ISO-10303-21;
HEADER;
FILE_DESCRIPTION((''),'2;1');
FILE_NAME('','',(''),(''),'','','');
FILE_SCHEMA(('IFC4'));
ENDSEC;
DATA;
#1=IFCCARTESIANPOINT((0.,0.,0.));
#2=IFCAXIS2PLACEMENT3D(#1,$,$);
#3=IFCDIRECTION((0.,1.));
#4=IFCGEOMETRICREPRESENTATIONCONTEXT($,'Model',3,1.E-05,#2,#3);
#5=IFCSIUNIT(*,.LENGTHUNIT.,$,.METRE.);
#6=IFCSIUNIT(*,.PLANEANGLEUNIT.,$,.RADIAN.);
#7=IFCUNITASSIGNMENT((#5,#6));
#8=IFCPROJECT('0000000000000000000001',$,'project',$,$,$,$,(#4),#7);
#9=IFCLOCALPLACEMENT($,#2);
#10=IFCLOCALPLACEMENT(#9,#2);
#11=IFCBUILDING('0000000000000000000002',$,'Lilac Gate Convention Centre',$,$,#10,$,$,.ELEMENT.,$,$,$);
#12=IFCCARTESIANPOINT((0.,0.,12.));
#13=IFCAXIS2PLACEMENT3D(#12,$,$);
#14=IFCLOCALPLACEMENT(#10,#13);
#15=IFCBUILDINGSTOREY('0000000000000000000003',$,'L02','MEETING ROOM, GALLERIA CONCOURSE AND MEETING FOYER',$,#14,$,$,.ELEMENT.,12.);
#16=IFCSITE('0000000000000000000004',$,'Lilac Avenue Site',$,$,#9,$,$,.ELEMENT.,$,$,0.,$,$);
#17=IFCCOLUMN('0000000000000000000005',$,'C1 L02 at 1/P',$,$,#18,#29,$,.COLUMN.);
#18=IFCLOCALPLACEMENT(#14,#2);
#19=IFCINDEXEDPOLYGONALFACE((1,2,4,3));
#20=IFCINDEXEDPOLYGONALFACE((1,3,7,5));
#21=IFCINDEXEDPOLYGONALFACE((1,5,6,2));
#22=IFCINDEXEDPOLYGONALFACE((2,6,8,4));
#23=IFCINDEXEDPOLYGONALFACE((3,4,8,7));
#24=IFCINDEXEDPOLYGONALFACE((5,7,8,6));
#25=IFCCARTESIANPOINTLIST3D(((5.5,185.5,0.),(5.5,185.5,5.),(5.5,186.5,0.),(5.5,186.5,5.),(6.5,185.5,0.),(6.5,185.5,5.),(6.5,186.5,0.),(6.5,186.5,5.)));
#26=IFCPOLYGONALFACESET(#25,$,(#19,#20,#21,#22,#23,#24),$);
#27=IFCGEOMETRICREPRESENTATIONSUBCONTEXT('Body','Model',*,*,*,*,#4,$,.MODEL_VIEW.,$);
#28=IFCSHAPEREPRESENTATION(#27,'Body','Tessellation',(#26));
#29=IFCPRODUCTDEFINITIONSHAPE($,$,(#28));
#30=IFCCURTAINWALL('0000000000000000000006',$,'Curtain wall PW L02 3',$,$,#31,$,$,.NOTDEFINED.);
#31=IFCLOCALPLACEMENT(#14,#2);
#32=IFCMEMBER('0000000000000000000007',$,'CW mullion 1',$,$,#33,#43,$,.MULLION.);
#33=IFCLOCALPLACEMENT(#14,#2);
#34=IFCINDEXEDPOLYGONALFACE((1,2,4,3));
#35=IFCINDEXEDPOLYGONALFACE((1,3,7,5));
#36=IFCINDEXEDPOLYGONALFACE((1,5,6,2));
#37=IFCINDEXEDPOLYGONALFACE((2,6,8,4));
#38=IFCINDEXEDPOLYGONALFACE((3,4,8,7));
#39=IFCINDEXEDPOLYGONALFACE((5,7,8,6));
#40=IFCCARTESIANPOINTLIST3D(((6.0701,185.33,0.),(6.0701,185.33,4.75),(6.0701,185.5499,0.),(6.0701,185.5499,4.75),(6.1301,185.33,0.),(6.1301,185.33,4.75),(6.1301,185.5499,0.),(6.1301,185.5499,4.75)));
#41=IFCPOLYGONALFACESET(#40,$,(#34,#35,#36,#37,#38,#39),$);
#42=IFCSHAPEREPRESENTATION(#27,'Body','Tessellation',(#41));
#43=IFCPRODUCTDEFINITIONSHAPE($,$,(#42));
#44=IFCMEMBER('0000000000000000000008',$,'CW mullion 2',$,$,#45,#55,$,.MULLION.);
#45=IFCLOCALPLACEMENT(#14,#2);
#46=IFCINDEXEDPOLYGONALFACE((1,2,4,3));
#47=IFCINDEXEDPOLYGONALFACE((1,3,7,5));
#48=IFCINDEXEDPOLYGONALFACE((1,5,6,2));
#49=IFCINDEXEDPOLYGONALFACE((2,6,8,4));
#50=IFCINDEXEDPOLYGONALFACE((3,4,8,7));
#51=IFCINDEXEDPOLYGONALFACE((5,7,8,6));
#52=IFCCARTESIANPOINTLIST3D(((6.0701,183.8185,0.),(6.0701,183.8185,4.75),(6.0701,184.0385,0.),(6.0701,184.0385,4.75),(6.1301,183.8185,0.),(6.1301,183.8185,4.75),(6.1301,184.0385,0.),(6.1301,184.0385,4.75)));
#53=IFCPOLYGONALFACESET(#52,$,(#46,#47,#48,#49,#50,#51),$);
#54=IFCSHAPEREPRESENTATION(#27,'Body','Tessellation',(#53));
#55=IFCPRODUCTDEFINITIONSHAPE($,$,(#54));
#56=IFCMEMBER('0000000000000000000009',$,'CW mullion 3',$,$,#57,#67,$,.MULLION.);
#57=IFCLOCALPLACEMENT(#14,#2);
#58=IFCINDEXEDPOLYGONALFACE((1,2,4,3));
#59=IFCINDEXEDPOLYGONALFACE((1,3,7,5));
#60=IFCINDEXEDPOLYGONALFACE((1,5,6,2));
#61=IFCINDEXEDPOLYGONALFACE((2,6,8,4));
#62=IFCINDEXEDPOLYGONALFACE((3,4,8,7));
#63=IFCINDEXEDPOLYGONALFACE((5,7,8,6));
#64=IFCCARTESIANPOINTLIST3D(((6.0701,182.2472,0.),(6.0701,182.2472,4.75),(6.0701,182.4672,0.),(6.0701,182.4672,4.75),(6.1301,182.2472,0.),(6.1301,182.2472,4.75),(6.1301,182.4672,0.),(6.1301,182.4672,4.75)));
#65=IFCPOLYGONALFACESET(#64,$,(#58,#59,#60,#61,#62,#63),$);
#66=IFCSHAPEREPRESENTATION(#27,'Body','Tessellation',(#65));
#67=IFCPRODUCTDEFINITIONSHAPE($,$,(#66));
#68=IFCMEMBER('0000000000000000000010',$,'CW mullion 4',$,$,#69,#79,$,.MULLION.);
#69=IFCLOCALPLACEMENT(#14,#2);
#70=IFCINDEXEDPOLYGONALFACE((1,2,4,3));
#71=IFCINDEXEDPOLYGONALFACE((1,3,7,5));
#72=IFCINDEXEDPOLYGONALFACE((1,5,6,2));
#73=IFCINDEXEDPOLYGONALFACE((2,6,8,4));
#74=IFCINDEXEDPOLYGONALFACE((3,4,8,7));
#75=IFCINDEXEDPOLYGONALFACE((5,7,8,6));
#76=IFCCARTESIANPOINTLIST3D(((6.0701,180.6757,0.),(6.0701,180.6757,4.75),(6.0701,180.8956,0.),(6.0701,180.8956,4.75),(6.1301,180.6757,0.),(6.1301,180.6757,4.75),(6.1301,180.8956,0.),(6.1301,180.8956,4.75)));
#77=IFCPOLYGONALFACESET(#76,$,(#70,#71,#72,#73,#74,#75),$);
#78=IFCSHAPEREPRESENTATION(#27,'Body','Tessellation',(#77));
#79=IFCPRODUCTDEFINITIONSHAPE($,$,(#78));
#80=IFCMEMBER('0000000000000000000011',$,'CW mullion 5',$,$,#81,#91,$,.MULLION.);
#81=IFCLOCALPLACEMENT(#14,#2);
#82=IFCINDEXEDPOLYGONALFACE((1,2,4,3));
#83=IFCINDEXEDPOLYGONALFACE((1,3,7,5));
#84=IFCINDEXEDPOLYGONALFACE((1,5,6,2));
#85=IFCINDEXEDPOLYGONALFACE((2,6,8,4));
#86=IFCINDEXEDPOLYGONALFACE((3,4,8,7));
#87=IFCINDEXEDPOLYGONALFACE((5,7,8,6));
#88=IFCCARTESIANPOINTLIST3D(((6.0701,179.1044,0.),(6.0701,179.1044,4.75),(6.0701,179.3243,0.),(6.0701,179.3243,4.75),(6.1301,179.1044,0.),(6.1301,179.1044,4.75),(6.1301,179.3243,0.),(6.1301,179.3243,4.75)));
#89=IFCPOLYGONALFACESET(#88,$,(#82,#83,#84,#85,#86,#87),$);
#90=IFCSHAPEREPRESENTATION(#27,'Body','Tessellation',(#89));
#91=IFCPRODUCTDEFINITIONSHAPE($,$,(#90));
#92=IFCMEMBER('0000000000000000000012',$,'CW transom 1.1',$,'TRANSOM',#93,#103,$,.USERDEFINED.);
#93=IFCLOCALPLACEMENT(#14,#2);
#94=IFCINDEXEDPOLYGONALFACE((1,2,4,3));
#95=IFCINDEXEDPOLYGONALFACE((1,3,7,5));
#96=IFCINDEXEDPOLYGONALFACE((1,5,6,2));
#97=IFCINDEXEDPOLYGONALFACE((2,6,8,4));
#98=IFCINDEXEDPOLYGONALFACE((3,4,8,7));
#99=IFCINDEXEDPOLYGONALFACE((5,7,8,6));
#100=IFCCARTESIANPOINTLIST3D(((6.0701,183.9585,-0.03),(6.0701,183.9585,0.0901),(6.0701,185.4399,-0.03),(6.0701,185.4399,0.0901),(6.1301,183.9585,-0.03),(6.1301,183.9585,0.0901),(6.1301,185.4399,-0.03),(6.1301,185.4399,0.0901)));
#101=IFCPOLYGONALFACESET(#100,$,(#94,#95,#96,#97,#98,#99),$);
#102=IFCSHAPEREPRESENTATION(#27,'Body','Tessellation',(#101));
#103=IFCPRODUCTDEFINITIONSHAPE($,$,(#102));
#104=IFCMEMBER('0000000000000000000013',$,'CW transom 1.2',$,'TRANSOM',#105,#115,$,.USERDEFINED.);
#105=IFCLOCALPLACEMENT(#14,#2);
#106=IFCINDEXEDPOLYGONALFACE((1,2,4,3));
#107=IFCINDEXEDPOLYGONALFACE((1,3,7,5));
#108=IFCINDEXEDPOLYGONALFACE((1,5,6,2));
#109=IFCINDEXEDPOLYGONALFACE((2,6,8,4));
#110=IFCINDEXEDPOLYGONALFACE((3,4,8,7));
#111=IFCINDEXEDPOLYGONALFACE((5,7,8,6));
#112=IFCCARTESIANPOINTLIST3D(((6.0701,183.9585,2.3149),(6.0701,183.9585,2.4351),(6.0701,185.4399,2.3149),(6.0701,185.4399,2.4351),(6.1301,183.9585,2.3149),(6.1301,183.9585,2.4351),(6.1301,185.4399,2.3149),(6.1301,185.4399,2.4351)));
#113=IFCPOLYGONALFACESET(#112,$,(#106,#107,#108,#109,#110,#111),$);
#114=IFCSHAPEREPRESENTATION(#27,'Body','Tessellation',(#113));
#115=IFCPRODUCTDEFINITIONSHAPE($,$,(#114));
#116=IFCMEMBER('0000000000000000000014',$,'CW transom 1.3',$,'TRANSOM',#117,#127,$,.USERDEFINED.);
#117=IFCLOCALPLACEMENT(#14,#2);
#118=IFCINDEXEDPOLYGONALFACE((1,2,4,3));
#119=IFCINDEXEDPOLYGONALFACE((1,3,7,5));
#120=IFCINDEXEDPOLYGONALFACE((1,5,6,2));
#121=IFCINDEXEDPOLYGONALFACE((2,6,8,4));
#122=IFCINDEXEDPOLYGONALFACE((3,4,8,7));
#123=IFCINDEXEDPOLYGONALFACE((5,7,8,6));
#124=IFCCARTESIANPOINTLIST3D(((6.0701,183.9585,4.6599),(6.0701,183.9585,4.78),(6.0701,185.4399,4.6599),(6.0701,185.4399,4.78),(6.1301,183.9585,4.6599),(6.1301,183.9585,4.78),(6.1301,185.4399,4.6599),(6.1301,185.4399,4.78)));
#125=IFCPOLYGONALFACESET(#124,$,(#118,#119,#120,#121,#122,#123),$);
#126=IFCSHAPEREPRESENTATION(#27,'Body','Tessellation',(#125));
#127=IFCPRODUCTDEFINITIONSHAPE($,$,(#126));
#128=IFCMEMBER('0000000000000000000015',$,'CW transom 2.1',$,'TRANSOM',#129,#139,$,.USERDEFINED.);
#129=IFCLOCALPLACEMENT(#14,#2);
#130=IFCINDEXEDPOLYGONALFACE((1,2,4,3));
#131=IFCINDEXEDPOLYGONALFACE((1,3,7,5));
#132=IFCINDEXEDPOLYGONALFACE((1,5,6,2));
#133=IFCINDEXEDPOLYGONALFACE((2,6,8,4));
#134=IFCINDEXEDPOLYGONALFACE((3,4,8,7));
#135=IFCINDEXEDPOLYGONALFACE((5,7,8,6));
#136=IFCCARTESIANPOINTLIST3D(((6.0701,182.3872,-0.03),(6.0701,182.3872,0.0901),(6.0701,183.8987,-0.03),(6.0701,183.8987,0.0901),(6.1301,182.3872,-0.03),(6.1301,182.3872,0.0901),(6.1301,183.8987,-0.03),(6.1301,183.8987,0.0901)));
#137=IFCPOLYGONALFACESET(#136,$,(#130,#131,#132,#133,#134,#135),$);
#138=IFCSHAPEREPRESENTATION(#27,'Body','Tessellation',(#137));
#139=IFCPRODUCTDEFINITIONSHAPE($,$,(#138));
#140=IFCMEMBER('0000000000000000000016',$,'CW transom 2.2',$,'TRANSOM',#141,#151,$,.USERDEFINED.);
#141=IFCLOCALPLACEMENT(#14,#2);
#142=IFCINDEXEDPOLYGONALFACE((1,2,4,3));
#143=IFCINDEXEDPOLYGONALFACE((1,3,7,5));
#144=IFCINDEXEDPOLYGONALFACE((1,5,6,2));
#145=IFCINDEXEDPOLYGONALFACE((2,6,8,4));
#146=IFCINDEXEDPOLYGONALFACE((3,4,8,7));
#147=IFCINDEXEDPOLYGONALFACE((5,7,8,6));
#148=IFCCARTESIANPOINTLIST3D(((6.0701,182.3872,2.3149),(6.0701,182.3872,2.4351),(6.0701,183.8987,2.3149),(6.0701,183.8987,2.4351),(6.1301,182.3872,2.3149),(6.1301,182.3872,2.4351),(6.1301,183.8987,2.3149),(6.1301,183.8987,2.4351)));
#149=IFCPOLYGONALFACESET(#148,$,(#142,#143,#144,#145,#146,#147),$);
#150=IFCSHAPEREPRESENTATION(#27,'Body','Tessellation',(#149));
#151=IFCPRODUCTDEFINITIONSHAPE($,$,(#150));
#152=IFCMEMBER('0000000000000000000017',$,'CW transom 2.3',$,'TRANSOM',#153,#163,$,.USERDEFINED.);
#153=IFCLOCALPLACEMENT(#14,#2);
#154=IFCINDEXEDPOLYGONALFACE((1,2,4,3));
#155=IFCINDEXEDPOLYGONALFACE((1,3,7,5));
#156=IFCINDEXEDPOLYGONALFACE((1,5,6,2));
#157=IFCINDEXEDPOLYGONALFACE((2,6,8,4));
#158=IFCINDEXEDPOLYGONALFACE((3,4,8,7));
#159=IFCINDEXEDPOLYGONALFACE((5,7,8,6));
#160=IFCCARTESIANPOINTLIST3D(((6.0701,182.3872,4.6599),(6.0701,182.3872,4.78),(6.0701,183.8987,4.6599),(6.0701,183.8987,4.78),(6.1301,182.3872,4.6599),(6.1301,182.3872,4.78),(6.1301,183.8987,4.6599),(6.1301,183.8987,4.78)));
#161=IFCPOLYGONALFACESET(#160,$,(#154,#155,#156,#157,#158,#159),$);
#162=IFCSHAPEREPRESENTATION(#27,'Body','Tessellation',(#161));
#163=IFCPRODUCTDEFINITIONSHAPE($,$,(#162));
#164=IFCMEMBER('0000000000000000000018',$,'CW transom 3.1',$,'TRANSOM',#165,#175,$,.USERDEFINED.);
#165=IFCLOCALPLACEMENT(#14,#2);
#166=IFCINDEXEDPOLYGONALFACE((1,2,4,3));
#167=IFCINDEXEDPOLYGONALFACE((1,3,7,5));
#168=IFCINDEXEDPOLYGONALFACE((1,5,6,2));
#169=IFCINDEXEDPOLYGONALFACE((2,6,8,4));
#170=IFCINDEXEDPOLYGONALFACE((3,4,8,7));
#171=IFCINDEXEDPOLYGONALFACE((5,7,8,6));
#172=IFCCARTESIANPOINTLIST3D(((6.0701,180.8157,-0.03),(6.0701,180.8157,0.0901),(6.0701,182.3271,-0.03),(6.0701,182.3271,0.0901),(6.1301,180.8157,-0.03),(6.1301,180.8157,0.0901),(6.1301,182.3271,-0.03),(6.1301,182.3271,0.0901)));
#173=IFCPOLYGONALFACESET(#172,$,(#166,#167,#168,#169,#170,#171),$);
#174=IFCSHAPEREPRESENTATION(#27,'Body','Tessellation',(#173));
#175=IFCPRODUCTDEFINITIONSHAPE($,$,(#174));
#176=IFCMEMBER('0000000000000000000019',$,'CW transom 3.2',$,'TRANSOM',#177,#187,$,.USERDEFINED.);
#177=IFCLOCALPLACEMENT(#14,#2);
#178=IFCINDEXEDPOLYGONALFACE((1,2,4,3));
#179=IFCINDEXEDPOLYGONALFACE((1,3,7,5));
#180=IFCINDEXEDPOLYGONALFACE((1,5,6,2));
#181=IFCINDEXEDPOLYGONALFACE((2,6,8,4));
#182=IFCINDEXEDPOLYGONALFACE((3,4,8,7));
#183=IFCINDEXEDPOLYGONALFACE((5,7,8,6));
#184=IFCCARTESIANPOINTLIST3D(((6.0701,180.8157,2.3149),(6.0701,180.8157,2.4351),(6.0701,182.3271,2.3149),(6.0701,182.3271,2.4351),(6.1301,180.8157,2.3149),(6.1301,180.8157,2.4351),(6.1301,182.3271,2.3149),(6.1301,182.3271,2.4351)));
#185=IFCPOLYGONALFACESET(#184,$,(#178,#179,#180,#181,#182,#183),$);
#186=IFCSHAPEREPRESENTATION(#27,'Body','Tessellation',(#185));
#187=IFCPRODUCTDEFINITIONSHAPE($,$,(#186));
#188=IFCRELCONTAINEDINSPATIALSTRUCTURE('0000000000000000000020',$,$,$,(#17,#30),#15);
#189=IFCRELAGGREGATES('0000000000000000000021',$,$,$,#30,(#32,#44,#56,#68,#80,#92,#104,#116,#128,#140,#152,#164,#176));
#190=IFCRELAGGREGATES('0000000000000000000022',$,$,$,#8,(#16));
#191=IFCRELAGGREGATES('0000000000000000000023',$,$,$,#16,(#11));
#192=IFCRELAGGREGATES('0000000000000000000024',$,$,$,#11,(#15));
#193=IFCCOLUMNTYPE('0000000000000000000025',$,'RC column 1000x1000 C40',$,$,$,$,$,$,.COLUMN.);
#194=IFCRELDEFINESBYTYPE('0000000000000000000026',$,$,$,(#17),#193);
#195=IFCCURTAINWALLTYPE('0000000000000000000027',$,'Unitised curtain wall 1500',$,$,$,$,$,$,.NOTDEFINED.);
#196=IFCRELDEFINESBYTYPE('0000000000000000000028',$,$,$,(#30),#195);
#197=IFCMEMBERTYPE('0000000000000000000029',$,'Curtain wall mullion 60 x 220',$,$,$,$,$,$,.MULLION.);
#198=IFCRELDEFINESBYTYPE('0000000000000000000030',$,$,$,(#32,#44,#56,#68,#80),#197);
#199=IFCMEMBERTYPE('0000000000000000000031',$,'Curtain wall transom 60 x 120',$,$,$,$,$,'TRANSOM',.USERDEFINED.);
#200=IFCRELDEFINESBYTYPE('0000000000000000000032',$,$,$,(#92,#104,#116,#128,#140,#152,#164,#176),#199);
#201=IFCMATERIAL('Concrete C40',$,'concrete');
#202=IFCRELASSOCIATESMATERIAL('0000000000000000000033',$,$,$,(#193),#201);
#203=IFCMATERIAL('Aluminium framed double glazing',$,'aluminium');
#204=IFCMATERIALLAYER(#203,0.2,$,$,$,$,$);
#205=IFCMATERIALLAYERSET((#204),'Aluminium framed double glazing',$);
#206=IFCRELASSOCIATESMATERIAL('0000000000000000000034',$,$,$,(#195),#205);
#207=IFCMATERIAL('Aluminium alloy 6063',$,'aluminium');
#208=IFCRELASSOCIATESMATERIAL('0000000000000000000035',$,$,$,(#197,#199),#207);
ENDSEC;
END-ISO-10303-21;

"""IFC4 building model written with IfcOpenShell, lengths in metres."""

from ifc_helpers import new_model, si_unit, direction, frame, origin, origin_2d, place, context, subcontext, project, spatial, rectangle, extrude, material, layer, layer_set, material_profile, profile_set, type_object, element, aggregate, save


model = new_model("IFC4")

# Units and contexts
model_context = context("Model", 3, precision=1e-05, world=origin(), true_north=direction((0.0, 1.0)))
body_context = subcontext(model_context, "Body", "Model", "MODEL_VIEW")
ifc_project = project(units=[si_unit("LENGTHUNIT", "METRE"), si_unit("PLANEANGLEUNIT", "RADIAN")], contexts=[model_context])

# Site, building, storey
site_placement = place(None, origin())
site = spatial("IfcSite", under=ifc_project, at=site_placement, Name="Lilac Avenue Site", CompositionType="ELEMENT", RefElevation=0.0)
building_placement = place(site_placement, origin())
building = spatial("IfcBuilding", under=site, at=building_placement, Name="Lilac Gate Convention Centre", CompositionType="ELEMENT")
storey_placement = place(building_placement, frame((0.0, 0.0, 12.0)))
storey = spatial("IfcBuildingStorey", under=building, at=storey_placement, Name="L02", Description="MEETING ROOM, GALLERIA CONCOURSE AND MEETING FOYER", CompositionType="ELEMENT", Elevation=12.0)

# Column
ifc_material_1 = material(Name="Concrete C40", Category="concrete")
ifc_material_profile_1 = material_profile(ifc_material_1, rectangle(XDim=1.0, YDim=1.0, at=origin_2d()), Name="RC 1000x1000")
ifc_profile_set_1 = profile_set([ifc_material_profile_1], Name="Concrete C40")
column_type = type_object("IfcColumnType", Name="RC column 1000x1000 C40", PredefinedType="COLUMN", material=ifc_profile_set_1)
column_placement = place(storey_placement, frame((6.0, 186.0, 0.0), z_axis=(0.0, 0.0, 1.0), x_axis=(1.0, 0.0, 0.0)))
element("IfcColumn", 1, at=column_placement, inside=storey, type_object=column_type, Name="C1 L02 at 1/P", PredefinedType="COLUMN", context=body_context, shape_type="SweptSolid", body=[
    extrude(rectangle(XDim=1.0, YDim=1.0, at=origin_2d()), origin(), (0.0, 0.0, 1.0), 5.0),
])

# Curtain wall, members
ifc_material_2 = material(Name="Aluminium framed double glazing", Category="aluminium")
ifc_layer_1 = layer(ifc_material_2, 0.2)
ifc_layer_set_1 = layer_set([ifc_layer_1], Name="Aluminium framed double glazing")
curtain_wall_type = type_object("IfcCurtainWallType", Name="Unitised curtain wall 1500", PredefinedType="NOTDEFINED", material=ifc_layer_set_1)
curtain_wall_placement = place(storey_placement, origin())
curtain_wall = element("IfcCurtainWall", 2, at=curtain_wall_placement, inside=storey, type_object=curtain_wall_type, Name="Curtain wall PW L02 3", PredefinedType="NOTDEFINED")
ifc_material_3 = material(Name="Aluminium alloy 6063", Category="aluminium")
ifc_material_profile_2 = material_profile(ifc_material_3, rectangle(XDim=0.0601, YDim=0.22, at=origin_2d()), Name="Curtain wall mullion 60 x 220")
ifc_profile_set_2 = profile_set([ifc_material_profile_2], Name="Aluminium alloy 6063")
member_type_1 = type_object("IfcMemberType", Name="Curtain wall mullion 60 x 220", PredefinedType="MULLION", material=ifc_profile_set_2)
member_1_placement = place(storey_placement, frame((6.1001, 185.4399, 0.0), z_axis=(0.0, 0.0, 1.0), x_axis=(1.0, 0.0, 0.0)))
member_1 = element("IfcMember", 3, at=member_1_placement, type_object=member_type_1, Name="CW mullion 1", PredefinedType="MULLION", context=body_context, shape_type="SweptSolid", body=[
    extrude(rectangle(XDim=0.0601, YDim=0.22, at=origin_2d()), origin(), (0.0, 0.0, 1.0), 4.75),
])
member_2_placement = place(storey_placement, frame((6.1001, 183.9285, 0.0), z_axis=(0.0, 0.0, 1.0), x_axis=(1.0, 0.0, 0.0)))
member_2 = element("IfcMember", 4, at=member_2_placement, type_object=member_type_1, Name="CW mullion 2", PredefinedType="MULLION", context=body_context, shape_type="SweptSolid", body=[
    extrude(rectangle(XDim=0.0601, YDim=0.22, at=origin_2d()), origin(), (0.0, 0.0, 1.0), 4.75),
])
member_3_placement = place(storey_placement, frame((6.1001, 182.3572, 0.0), z_axis=(0.0, 0.0, 1.0), x_axis=(1.0, 0.0, 0.0)))
member_3 = element("IfcMember", 5, at=member_3_placement, type_object=member_type_1, Name="CW mullion 3", PredefinedType="MULLION", context=body_context, shape_type="SweptSolid", body=[
    extrude(rectangle(XDim=0.0601, YDim=0.22, at=origin_2d()), origin(), (0.0, 0.0, 1.0), 4.75),
])
member_4_placement = place(storey_placement, frame((6.1001, 180.7856, 0.0), z_axis=(0.0, 0.0, 1.0), x_axis=(1.0, 0.0, 0.0)))
member_4 = element("IfcMember", 6, at=member_4_placement, type_object=member_type_1, Name="CW mullion 4", PredefinedType="MULLION", context=body_context, shape_type="SweptSolid", body=[
    extrude(rectangle(XDim=0.0601, YDim=0.22, at=origin_2d()), origin(), (0.0, 0.0, 1.0), 4.75),
])
member_5_placement = place(storey_placement, frame((6.1001, 179.2144, 0.0), z_axis=(0.0, 0.0, 1.0), x_axis=(1.0, 0.0, 0.0)))
member_5 = element("IfcMember", 7, at=member_5_placement, type_object=member_type_1, Name="CW mullion 5", PredefinedType="MULLION", context=body_context, shape_type="SweptSolid", body=[
    extrude(rectangle(XDim=0.0601, YDim=0.22, at=origin_2d()), origin(), (0.0, 0.0, 1.0), 4.75),
])
ifc_material_profile_3 = material_profile(ifc_material_3, rectangle(XDim=0.0601, YDim=0.1201, at=origin_2d()), Name="Curtain wall transom 60 x 120")
ifc_profile_set_3 = profile_set([ifc_material_profile_3], Name="Aluminium alloy 6063")
member_type_2 = type_object("IfcMemberType", Name="Curtain wall transom 60 x 120", ElementType="TRANSOM", PredefinedType="USERDEFINED", material=ifc_profile_set_3)
member_6_placement = place(storey_placement, frame((6.1001, 185.4399, 0.03), z_axis=(0.0, -1.0, 0.0), x_axis=(1.0, 0.0, 0.0)))
member_6 = element("IfcMember", 8, at=member_6_placement, type_object=member_type_2, Name="CW transom 1.1", ObjectType="TRANSOM", PredefinedType="USERDEFINED", context=body_context, shape_type="SweptSolid", body=[
    extrude(rectangle(XDim=0.0601, YDim=0.1201, at=origin_2d()), origin(), (0.0, 0.0, 1.0), 1.4814),
])
member_7_placement = place(storey_placement, frame((6.1001, 185.4399, 2.375), z_axis=(0.0, -1.0, 0.0), x_axis=(1.0, 0.0, 0.0)))
member_7 = element("IfcMember", 9, at=member_7_placement, type_object=member_type_2, Name="CW transom 1.2", ObjectType="TRANSOM", PredefinedType="USERDEFINED", context=body_context, shape_type="SweptSolid", body=[
    extrude(rectangle(XDim=0.0601, YDim=0.1201, at=origin_2d()), origin(), (0.0, 0.0, 1.0), 1.4814),
])
member_8_placement = place(storey_placement, frame((6.1001, 185.4399, 4.72), z_axis=(0.0, -1.0, 0.0), x_axis=(1.0, 0.0, 0.0)))
member_8 = element("IfcMember", 10, at=member_8_placement, type_object=member_type_2, Name="CW transom 1.3", ObjectType="TRANSOM", PredefinedType="USERDEFINED", context=body_context, shape_type="SweptSolid", body=[
    extrude(rectangle(XDim=0.0601, YDim=0.1201, at=origin_2d()), origin(), (0.0, 0.0, 1.0), 1.4814),
])
member_9_placement = place(storey_placement, frame((6.1001, 183.8987, 0.03), z_axis=(0.0, -1.0, 0.0), x_axis=(1.0, 0.0, 0.0)))
member_9 = element("IfcMember", 11, at=member_9_placement, type_object=member_type_2, Name="CW transom 2.1", ObjectType="TRANSOM", PredefinedType="USERDEFINED", context=body_context, shape_type="SweptSolid", body=[
    extrude(rectangle(XDim=0.0601, YDim=0.1201, at=origin_2d()), origin(), (0.0, 0.0, 1.0), 1.5115),
])
member_10_placement = place(storey_placement, frame((6.1001, 183.8987, 2.375), z_axis=(0.0, -1.0, 0.0), x_axis=(1.0, 0.0, 0.0)))
member_10 = element("IfcMember", 12, at=member_10_placement, type_object=member_type_2, Name="CW transom 2.2", ObjectType="TRANSOM", PredefinedType="USERDEFINED", context=body_context, shape_type="SweptSolid", body=[
    extrude(rectangle(XDim=0.0601, YDim=0.1201, at=origin_2d()), origin(), (0.0, 0.0, 1.0), 1.5115),
])
member_11_placement = place(storey_placement, frame((6.1001, 183.8987, 4.72), z_axis=(0.0, -1.0, 0.0), x_axis=(1.0, 0.0, 0.0)))
member_11 = element("IfcMember", 13, at=member_11_placement, type_object=member_type_2, Name="CW transom 2.3", ObjectType="TRANSOM", PredefinedType="USERDEFINED", context=body_context, shape_type="SweptSolid", body=[
    extrude(rectangle(XDim=0.0601, YDim=0.1201, at=origin_2d()), origin(), (0.0, 0.0, 1.0), 1.5115),
])
member_12_placement = place(storey_placement, frame((6.1001, 182.3271, 0.03), z_axis=(0.0, -1.0, 0.0), x_axis=(1.0, 0.0, 0.0)))
member_12 = element("IfcMember", 14, at=member_12_placement, type_object=member_type_2, Name="CW transom 3.1", ObjectType="TRANSOM", PredefinedType="USERDEFINED", context=body_context, shape_type="SweptSolid", body=[
    extrude(rectangle(XDim=0.0601, YDim=0.1201, at=origin_2d()), origin(), (0.0, 0.0, 1.0), 1.5115),
])
member_13_placement = place(storey_placement, frame((6.1001, 182.3271, 2.375), z_axis=(0.0, -1.0, 0.0), x_axis=(1.0, 0.0, 0.0)))
member_13 = element("IfcMember", 15, at=member_13_placement, type_object=member_type_2, Name="CW transom 3.2", ObjectType="TRANSOM", PredefinedType="USERDEFINED", context=body_context, shape_type="SweptSolid", body=[
    extrude(rectangle(XDim=0.0601, YDim=0.1201, at=origin_2d()), origin(), (0.0, 0.0, 1.0), 1.5115),
])

aggregate(curtain_wall, [member_1, member_2, member_3, member_4, member_5, member_6, member_7, member_8, member_9, member_10, member_11, member_12, member_13])

save(model, "model.ifc")
